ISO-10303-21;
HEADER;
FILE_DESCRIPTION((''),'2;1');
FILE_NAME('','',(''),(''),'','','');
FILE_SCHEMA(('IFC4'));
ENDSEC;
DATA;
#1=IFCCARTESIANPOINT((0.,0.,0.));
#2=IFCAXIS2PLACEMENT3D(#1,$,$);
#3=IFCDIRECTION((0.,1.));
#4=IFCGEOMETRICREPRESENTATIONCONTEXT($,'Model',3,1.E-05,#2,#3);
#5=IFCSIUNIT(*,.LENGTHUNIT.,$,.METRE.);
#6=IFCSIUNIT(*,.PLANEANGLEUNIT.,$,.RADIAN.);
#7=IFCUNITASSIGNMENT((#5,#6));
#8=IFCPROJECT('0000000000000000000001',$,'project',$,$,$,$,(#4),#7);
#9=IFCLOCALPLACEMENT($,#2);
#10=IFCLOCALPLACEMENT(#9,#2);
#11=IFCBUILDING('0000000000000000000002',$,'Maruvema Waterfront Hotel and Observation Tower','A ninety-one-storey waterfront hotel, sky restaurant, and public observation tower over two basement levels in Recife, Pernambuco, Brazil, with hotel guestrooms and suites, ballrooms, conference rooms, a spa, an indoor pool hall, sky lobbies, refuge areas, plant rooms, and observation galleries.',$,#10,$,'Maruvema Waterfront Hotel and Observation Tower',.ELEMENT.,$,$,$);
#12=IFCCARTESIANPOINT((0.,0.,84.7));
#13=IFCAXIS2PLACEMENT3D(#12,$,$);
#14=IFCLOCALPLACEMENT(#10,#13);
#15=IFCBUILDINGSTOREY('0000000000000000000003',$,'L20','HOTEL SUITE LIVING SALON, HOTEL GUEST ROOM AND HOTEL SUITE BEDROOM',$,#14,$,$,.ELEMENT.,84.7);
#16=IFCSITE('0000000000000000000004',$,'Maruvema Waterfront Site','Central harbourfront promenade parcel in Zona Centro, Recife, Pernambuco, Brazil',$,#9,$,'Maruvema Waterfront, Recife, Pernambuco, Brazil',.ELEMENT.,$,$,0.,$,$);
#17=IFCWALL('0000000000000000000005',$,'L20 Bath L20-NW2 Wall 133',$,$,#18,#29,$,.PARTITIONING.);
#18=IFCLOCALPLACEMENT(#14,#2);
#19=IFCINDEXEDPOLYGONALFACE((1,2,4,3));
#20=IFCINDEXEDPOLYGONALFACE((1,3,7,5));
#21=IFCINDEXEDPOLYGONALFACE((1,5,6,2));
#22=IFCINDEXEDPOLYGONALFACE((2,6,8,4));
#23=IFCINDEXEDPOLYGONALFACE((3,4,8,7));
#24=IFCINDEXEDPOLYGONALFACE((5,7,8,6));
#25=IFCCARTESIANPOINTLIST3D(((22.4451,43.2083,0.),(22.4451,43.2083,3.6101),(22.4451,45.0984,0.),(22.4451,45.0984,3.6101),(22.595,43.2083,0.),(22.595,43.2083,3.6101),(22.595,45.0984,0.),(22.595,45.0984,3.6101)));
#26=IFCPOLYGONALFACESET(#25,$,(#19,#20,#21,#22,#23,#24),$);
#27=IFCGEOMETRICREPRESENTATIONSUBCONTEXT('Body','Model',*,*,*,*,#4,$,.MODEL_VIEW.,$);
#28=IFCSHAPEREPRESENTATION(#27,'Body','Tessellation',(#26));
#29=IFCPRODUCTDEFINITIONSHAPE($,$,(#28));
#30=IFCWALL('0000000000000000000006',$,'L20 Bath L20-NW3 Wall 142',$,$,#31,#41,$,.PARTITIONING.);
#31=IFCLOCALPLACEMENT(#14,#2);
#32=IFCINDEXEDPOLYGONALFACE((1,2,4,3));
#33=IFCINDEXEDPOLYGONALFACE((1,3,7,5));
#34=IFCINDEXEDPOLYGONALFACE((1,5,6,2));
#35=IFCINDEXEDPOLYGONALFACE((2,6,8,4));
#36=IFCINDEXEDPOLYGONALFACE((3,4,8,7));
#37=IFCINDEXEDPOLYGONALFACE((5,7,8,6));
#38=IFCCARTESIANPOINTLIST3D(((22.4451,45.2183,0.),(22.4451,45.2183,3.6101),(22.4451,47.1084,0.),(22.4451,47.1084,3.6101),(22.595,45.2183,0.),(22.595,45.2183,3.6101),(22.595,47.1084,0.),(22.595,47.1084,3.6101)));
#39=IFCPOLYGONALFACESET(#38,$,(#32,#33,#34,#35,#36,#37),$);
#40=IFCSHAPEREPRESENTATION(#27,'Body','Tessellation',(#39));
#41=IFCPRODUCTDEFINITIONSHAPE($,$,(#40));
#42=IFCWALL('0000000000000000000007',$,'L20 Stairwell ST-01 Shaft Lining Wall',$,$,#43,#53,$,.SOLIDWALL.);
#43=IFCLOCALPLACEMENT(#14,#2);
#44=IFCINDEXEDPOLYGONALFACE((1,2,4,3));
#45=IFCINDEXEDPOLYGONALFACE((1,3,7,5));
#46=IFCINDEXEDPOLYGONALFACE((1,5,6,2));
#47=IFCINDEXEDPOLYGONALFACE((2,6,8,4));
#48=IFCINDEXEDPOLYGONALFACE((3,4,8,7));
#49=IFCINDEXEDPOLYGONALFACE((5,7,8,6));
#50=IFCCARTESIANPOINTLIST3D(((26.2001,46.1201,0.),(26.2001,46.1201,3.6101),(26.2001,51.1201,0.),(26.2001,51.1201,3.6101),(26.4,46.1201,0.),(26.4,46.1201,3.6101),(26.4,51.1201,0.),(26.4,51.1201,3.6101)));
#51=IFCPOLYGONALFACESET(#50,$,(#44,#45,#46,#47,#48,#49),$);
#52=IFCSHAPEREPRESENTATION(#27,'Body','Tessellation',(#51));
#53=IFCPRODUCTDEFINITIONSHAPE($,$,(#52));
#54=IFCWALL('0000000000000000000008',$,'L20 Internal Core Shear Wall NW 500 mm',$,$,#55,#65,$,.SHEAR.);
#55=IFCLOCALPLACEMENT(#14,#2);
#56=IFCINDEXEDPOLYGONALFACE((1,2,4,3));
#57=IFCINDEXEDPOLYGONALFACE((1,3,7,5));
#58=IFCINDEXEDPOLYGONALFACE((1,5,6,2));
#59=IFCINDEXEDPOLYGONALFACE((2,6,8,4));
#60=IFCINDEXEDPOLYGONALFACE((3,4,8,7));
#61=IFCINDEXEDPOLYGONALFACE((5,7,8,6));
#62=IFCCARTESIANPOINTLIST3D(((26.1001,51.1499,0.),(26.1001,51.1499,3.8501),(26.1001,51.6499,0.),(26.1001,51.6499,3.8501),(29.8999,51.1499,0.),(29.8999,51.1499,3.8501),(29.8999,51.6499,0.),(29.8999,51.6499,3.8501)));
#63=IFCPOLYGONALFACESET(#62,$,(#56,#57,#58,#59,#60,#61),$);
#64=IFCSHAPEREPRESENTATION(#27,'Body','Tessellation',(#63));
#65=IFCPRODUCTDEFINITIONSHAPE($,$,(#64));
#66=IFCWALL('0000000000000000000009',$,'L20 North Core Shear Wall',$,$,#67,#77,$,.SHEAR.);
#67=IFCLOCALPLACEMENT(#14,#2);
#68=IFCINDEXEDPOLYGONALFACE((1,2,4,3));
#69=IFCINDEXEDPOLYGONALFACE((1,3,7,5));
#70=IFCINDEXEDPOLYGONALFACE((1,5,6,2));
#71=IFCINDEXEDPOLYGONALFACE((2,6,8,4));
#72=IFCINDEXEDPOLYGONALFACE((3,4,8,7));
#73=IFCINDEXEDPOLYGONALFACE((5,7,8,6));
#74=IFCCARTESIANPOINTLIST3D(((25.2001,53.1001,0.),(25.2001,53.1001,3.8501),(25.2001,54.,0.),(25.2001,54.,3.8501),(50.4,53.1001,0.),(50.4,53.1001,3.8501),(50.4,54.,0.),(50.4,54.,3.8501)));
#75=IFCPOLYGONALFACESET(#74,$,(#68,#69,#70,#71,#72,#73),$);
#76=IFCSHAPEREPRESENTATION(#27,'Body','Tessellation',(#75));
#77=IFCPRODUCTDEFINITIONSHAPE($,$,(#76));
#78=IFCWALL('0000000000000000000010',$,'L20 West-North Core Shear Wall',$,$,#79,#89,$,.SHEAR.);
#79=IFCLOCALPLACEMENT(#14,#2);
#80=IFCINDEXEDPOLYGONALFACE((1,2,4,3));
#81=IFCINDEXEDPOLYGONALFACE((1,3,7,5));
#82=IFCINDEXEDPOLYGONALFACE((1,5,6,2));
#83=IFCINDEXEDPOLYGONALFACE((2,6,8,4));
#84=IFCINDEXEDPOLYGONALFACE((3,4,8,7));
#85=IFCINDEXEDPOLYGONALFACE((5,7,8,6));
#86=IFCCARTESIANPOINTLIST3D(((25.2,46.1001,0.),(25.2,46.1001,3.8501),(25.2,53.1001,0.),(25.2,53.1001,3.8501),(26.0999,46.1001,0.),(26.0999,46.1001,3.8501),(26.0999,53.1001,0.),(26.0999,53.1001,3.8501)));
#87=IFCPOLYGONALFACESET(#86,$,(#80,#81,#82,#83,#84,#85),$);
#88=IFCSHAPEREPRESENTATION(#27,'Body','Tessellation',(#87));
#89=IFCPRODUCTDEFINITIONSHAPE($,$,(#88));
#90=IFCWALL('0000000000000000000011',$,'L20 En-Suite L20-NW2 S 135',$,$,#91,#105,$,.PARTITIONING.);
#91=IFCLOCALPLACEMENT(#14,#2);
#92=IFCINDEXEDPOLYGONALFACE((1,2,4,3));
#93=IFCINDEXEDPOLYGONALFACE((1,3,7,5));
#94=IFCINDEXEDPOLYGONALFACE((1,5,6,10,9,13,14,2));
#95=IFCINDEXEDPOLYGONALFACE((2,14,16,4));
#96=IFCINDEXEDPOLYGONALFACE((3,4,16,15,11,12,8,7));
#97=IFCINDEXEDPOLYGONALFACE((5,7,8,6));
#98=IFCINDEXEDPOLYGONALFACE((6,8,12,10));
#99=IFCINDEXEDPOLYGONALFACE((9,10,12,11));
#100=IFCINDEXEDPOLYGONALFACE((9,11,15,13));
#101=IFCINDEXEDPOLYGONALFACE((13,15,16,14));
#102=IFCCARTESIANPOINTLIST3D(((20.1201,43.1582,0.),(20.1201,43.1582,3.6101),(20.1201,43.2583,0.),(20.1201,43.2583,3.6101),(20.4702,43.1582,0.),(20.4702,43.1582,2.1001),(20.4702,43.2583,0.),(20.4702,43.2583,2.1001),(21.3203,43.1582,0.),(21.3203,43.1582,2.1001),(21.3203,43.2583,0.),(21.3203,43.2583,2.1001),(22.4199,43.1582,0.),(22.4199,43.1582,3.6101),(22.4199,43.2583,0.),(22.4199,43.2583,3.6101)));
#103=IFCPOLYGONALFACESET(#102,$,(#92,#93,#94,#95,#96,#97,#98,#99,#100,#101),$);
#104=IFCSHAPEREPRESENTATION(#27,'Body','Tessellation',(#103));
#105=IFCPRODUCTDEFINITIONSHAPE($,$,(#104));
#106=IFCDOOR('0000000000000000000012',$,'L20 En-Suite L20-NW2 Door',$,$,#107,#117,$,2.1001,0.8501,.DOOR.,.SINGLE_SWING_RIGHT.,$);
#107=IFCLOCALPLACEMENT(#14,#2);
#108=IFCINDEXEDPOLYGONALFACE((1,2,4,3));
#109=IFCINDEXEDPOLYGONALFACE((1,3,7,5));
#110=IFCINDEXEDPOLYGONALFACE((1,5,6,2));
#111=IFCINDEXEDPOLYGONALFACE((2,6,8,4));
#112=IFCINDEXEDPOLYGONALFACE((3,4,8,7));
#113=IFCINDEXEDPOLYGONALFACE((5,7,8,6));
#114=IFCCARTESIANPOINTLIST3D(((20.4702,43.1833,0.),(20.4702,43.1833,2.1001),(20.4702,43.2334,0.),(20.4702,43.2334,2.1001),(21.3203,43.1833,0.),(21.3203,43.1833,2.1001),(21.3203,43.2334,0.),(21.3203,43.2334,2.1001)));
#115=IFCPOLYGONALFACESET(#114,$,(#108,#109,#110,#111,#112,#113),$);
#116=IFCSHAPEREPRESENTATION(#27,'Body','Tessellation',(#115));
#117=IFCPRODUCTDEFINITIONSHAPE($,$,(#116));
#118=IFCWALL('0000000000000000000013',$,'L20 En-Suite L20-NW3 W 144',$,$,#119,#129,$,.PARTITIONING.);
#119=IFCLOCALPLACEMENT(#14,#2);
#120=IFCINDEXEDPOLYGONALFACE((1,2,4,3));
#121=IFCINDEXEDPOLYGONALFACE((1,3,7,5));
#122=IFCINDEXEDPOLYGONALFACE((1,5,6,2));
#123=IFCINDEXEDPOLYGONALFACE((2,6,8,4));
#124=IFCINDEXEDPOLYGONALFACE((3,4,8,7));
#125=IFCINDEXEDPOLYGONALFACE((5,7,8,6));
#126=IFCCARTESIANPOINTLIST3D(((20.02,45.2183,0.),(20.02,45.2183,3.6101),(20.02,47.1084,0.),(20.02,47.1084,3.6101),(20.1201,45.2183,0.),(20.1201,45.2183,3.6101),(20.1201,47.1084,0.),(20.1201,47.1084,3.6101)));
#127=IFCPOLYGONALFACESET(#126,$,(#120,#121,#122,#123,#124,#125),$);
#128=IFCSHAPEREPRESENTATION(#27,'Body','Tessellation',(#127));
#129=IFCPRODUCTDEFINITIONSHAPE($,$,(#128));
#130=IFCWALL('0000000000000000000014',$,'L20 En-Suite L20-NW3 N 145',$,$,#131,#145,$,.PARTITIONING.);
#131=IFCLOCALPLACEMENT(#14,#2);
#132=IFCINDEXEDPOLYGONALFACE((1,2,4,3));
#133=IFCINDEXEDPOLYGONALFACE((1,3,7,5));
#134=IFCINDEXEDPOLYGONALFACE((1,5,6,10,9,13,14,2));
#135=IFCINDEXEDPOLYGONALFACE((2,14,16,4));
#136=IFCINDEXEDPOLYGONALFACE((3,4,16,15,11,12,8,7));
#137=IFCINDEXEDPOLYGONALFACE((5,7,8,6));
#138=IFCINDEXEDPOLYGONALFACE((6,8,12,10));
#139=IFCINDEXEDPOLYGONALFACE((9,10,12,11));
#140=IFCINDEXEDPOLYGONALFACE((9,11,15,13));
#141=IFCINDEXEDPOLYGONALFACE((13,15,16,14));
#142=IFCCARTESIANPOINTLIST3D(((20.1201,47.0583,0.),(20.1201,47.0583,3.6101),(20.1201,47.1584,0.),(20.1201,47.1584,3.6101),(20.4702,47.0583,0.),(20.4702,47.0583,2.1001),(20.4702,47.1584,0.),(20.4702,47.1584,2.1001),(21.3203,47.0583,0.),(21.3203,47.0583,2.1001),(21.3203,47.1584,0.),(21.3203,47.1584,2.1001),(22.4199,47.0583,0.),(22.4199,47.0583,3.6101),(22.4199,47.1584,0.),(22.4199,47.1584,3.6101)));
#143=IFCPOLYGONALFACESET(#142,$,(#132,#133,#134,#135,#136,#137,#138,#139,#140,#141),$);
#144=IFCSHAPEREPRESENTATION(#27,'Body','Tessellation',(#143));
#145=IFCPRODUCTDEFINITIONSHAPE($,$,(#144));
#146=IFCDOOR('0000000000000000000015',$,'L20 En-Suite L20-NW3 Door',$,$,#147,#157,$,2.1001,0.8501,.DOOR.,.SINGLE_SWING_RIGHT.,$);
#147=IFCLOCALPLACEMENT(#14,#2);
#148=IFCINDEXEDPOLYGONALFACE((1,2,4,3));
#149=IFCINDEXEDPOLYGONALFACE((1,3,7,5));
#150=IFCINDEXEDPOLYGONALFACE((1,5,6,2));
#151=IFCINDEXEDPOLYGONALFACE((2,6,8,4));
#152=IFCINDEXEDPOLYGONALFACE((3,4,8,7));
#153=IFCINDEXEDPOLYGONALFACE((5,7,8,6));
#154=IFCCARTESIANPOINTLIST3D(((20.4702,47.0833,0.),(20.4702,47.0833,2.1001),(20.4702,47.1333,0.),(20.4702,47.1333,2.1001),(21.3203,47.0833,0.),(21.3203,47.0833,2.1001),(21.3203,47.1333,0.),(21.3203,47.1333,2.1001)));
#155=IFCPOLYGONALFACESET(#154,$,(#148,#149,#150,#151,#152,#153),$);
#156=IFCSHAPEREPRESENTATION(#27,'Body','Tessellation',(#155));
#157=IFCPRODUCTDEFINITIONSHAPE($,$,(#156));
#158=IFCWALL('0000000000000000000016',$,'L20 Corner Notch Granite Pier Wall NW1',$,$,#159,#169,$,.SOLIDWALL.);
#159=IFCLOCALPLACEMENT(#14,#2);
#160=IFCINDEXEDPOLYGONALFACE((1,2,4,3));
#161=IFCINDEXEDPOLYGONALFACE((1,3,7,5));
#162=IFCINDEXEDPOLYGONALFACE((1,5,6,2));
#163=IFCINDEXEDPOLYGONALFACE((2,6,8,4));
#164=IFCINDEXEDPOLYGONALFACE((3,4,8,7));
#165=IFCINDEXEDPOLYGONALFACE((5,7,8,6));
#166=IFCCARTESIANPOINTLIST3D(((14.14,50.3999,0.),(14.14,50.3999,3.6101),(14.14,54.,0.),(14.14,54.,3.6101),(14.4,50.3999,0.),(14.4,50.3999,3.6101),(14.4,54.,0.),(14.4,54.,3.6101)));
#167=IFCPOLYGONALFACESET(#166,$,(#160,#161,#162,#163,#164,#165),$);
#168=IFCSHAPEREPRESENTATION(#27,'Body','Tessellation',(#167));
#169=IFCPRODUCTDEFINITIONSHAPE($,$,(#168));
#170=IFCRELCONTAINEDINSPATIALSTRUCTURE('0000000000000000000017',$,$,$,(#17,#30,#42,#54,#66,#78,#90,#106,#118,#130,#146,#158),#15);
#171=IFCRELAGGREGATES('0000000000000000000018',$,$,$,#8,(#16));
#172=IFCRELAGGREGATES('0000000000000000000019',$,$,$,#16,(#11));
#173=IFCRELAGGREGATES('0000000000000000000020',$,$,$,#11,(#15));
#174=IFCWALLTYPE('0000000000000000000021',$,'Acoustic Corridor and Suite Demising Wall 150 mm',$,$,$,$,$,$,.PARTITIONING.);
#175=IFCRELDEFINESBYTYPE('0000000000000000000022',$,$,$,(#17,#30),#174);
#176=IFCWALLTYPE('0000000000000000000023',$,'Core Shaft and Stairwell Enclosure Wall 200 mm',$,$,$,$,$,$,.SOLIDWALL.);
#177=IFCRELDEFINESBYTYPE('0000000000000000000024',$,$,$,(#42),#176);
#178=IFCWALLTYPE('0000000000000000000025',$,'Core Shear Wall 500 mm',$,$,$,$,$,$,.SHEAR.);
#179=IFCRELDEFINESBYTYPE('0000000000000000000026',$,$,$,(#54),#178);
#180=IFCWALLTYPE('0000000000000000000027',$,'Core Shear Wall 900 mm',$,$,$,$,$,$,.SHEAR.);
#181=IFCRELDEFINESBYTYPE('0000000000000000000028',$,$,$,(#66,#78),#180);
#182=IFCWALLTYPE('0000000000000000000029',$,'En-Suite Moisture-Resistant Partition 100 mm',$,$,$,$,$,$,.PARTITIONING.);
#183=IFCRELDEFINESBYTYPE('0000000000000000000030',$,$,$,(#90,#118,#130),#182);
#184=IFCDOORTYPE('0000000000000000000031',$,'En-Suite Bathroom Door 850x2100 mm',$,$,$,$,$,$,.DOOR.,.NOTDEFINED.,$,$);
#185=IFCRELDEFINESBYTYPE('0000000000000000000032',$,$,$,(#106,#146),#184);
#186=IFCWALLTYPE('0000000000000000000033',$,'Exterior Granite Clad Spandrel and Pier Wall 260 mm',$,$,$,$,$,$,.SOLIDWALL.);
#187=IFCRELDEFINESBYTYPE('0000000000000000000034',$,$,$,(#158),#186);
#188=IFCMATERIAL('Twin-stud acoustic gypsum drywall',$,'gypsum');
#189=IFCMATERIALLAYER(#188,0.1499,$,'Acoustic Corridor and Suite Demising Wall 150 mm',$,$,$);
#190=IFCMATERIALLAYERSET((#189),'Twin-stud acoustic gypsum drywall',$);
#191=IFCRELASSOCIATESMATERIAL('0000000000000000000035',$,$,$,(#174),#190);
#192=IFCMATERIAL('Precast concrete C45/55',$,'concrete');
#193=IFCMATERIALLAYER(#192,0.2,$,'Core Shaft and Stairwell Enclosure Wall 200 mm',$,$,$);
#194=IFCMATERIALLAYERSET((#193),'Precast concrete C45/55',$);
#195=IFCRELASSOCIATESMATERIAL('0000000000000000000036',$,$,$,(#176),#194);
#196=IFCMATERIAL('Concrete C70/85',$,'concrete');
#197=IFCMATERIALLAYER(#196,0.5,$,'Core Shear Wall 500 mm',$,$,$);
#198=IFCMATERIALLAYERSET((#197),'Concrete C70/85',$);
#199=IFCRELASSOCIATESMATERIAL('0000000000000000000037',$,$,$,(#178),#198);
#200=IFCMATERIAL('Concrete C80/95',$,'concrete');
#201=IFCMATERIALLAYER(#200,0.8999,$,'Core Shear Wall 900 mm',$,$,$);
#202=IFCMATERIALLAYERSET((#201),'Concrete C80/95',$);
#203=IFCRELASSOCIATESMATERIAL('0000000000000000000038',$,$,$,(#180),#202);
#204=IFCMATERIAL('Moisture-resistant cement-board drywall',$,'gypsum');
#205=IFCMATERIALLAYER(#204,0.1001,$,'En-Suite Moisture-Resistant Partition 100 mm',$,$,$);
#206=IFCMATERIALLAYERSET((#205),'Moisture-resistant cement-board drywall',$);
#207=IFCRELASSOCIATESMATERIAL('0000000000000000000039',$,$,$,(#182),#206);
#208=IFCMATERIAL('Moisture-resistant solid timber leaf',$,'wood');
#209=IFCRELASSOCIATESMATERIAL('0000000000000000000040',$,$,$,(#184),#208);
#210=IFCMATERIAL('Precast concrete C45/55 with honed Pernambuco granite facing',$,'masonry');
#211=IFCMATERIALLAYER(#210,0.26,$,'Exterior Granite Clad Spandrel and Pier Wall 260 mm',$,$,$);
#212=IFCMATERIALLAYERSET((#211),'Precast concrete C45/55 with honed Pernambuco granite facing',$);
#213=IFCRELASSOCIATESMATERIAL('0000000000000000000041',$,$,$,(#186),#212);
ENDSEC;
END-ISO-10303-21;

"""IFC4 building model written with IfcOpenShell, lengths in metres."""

from ifc_helpers import new_model, si_unit, direction, frame, frame_2d, origin, place, context, subcontext, project, spatial, rectangle, extrude, material, layer, layer_set, type_object, element, fill, save


model = new_model("IFC4")

# Units and contexts
model_context = context("Model", 3, precision=1e-05, world=origin(), true_north=direction((0.0, 1.0)))
body_context = subcontext(model_context, "Body", "Model", "MODEL_VIEW")
ifc_project = project(units=[si_unit("LENGTHUNIT", "METRE"), si_unit("PLANEANGLEUNIT", "RADIAN")], contexts=[model_context])

# Site, building, storey
site_placement = place(None, origin())
site = spatial("IfcSite", under=ifc_project, at=site_placement, Name="Maruvema Waterfront Site", Description="Central harbourfront promenade parcel in Zona Centro, Recife, Pernambuco, Brazil", LongName="Maruvema Waterfront, Recife, Pernambuco, Brazil", CompositionType="ELEMENT", RefElevation=0.0)
building_placement = place(site_placement, origin())
building = spatial("IfcBuilding", under=site, at=building_placement, Name="Maruvema Waterfront Hotel and Observation Tower", Description="A ninety-one-storey waterfront hotel, sky restaurant, and public observation tower over two basement levels in Recife, Pernambuco, Brazil, with hotel guestrooms and suites, ballrooms, conference rooms, a spa, an indoor pool hall, sky lobbies, refuge areas, plant rooms, and observation galleries.", LongName="Maruvema Waterfront Hotel and Observation Tower", CompositionType="ELEMENT")
storey_placement = place(building_placement, frame((0.0, 0.0, 84.7)))
storey = spatial("IfcBuildingStorey", under=building, at=storey_placement, Name="L20", Description="HOTEL SUITE LIVING SALON, HOTEL GUEST ROOM AND HOTEL SUITE BEDROOM", CompositionType="ELEMENT", Elevation=84.7)

# Walls
ifc_material_1 = material(Name="Twin-stud acoustic gypsum drywall", Category="gypsum")
ifc_layer_1 = layer(ifc_material_1, 0.1499, Name="Acoustic Corridor and Suite Demising Wall 150 mm")
ifc_layer_set_1 = layer_set([ifc_layer_1], Name="Twin-stud acoustic gypsum drywall")
wall_type_1 = type_object("IfcWallType", Name="Acoustic Corridor and Suite Demising Wall 150 mm", PredefinedType="PARTITIONING", material=ifc_layer_set_1)
for number, where, z_axis, x_axis, name in (
    (1, (22.52, 43.2083, 0.0), (0.0, 0.0, 1.0), (0.0, 1.0, 0.0), "L20 Bath L20-NW2 Wall 133"),
    (2, (22.52, 45.2183, 0.0), (0.0, 0.0, 1.0), (0.0, 1.0, 0.0), "L20 Bath L20-NW3 Wall 142"),
):
    element("IfcWall", number, at=place(storey_placement, frame(where, z_axis=z_axis, x_axis=x_axis)), inside=storey, type_object=wall_type_1, Name=name, PredefinedType="PARTITIONING", context=body_context, shape_type="SweptSolid", body=[
        extrude(rectangle(XDim=1.8901, YDim=0.1499, at=frame_2d((0.9451, 0.0))), origin(), (0.0, 0.0, 1.0), 3.6101),
    ])

# Walls
ifc_material_2 = material(Name="Precast concrete C45/55", Category="concrete")
ifc_layer_2 = layer(ifc_material_2, 0.2, Name="Core Shaft and Stairwell Enclosure Wall 200 mm")
ifc_layer_set_2 = layer_set([ifc_layer_2], Name="Precast concrete C45/55")
wall_type_2 = type_object("IfcWallType", Name="Core Shaft and Stairwell Enclosure Wall 200 mm", PredefinedType="SOLIDWALL", material=ifc_layer_set_2)
wall_1_placement = place(storey_placement, frame((26.3, 46.1201, 0.0), z_axis=(0.0, 0.0, 1.0), x_axis=(0.0, 1.0, 0.0)))
element("IfcWall", 3, at=wall_1_placement, inside=storey, type_object=wall_type_2, Name="L20 Stairwell ST-01 Shaft Lining Wall", PredefinedType="SOLIDWALL", context=body_context, shape_type="SweptSolid", body=[
    extrude(rectangle(XDim=5.0, YDim=0.2, at=frame_2d((2.5, 0.0))), origin(), (0.0, 0.0, 1.0), 3.6101),
])
ifc_material_3 = material(Name="Concrete C70/85", Category="concrete")
ifc_layer_3 = layer(ifc_material_3, 0.5, Name="Core Shear Wall 500 mm")
ifc_layer_set_3 = layer_set([ifc_layer_3], Name="Concrete C70/85")
wall_type_3 = type_object("IfcWallType", Name="Core Shear Wall 500 mm", PredefinedType="SHEAR", material=ifc_layer_set_3)
wall_2_placement = place(storey_placement, frame((26.1001, 51.3999, 0.0), z_axis=(0.0, 0.0, 1.0), x_axis=(1.0, 0.0, 0.0)))
element("IfcWall", 4, at=wall_2_placement, inside=storey, type_object=wall_type_3, Name="L20 Internal Core Shear Wall NW 500 mm", PredefinedType="SHEAR", context=body_context, shape_type="SweptSolid", body=[
    extrude(rectangle(XDim=3.7998, YDim=0.5, at=frame_2d((1.8999, 0.0))), origin(), (0.0, 0.0, 1.0), 3.8501),
])
ifc_material_4 = material(Name="Concrete C80/95", Category="concrete")
ifc_layer_4 = layer(ifc_material_4, 0.8999, Name="Core Shear Wall 900 mm")
ifc_layer_set_4 = layer_set([ifc_layer_4], Name="Concrete C80/95")
wall_type_4 = type_object("IfcWallType", Name="Core Shear Wall 900 mm", PredefinedType="SHEAR", material=ifc_layer_set_4)
wall_3_placement = place(storey_placement, frame((25.2, 53.55, 0.0), z_axis=(0.0, 0.0, 1.0), x_axis=(1.0, 0.0, 0.0)))
element("IfcWall", 5, at=wall_3_placement, inside=storey, type_object=wall_type_4, Name="L20 North Core Shear Wall", PredefinedType="SHEAR", context=body_context, shape_type="SweptSolid", body=[
    extrude(rectangle(XDim=25.2, YDim=0.8999, at=frame_2d((12.6001, 0.0))), origin(), (0.0, 0.0, 1.0), 3.8501),
])
wall_4_placement = place(storey_placement, frame((25.6499, 46.1001, 0.0), z_axis=(0.0, 0.0, 1.0), x_axis=(0.0, 1.0, 0.0)))
element("IfcWall", 6, at=wall_4_placement, inside=storey, type_object=wall_type_4, Name="L20 West-North Core Shear Wall", PredefinedType="SHEAR", context=body_context, shape_type="SweptSolid", body=[
    extrude(rectangle(XDim=7.0, YDim=0.8999, at=frame_2d((3.5, 0.0))), origin(), (0.0, 0.0, 1.0), 3.8501),
])

# Wall, opening, door
ifc_material_5 = material(Name="Moisture-resistant cement-board drywall", Category="gypsum")
ifc_layer_5 = layer(ifc_material_5, 0.1001, Name="En-Suite Moisture-Resistant Partition 100 mm")
ifc_layer_set_5 = layer_set([ifc_layer_5], Name="Moisture-resistant cement-board drywall")
wall_type_5 = type_object("IfcWallType", Name="En-Suite Moisture-Resistant Partition 100 mm", PredefinedType="PARTITIONING", material=ifc_layer_set_5)
wall_5_placement = place(storey_placement, frame((20.1201, 43.2083, 0.0), z_axis=(0.0, 0.0, 1.0), x_axis=(1.0, 0.0, 0.0)))
wall_5 = element("IfcWall", 7, at=wall_5_placement, inside=storey, type_object=wall_type_5, Name="L20 En-Suite L20-NW2 S 135", PredefinedType="PARTITIONING", context=body_context, shape_type="SweptSolid", body=[
    extrude(rectangle(XDim=2.2998, YDim=0.1001, at=frame_2d((1.1499, 0.0))), origin(), (0.0, 0.0, 1.0), 3.6101),
])
opening_1_placement = place(wall_5_placement, frame((0.3501, 0.0, 0.0)))
opening_1 = element("IfcOpeningElement", 8, at=opening_1_placement, cuts=wall_5, PredefinedType="OPENING", context=body_context, shape_type="SweptSolid", body=[
    extrude(rectangle(XDim=0.8501, YDim=2.1001, at=frame_2d((0.425, 1.05))), frame((0.0, 0.0601, 0.0), z_axis=(0.0, -1.0, 0.0), x_axis=(1.0, 0.0, 0.0)), (0.0, 0.0, 1.0), 0.1201),
])
ifc_material_6 = material(Name="Moisture-resistant solid timber leaf", Category="wood")
door_type_1 = type_object("IfcDoorType", Name="En-Suite Bathroom Door 850x2100 mm", OperationType="NOTDEFINED", PredefinedType="DOOR", material=ifc_material_6)
door_1_placement = place(opening_1_placement, frame((0.8501, 0.0, 0.0), z_axis=(0.0, 0.0, 1.0), x_axis=(-1.0, 0.0, 0.0)))
door_1 = element("IfcDoor", 9, at=door_1_placement, inside=storey, type_object=door_type_1, Name="L20 En-Suite L20-NW2 Door", OperationType="SINGLE_SWING_RIGHT", OverallHeight=2.1001, OverallWidth=0.8501, PredefinedType="DOOR", context=body_context, shape_type="SweptSolid", body=[
    extrude(rectangle(XDim=0.8501, YDim=2.1001, at=frame_2d((0.425, 1.05))), frame((0.0, 0.0249, 0.0), z_axis=(0.0, -1.0, 0.0), x_axis=(1.0, 0.0, 0.0)), (0.0, 0.0, 1.0), 0.05),
])
fill(opening_1, door_1)

# Wall
wall_6_placement = place(storey_placement, frame((20.0701, 45.2183, 0.0), z_axis=(0.0, 0.0, 1.0), x_axis=(0.0, 1.0, 0.0)))
element("IfcWall", 10, at=wall_6_placement, inside=storey, type_object=wall_type_5, Name="L20 En-Suite L20-NW3 W 144", PredefinedType="PARTITIONING", context=body_context, shape_type="SweptSolid", body=[
    extrude(rectangle(XDim=1.8901, YDim=0.1001, at=frame_2d((0.9451, 0.0))), origin(), (0.0, 0.0, 1.0), 3.6101),
])

# Wall, opening, door
wall_7_placement = place(storey_placement, frame((20.1201, 47.1084, 0.0), z_axis=(0.0, 0.0, 1.0), x_axis=(1.0, 0.0, 0.0)))
wall_7 = element("IfcWall", 11, at=wall_7_placement, inside=storey, type_object=wall_type_5, Name="L20 En-Suite L20-NW3 N 145", PredefinedType="PARTITIONING", context=body_context, shape_type="SweptSolid", body=[
    extrude(rectangle(XDim=2.2998, YDim=0.1001, at=frame_2d((1.1499, 0.0))), origin(), (0.0, 0.0, 1.0), 3.6101),
])
opening_2_placement = place(wall_7_placement, frame((0.3501, 0.0, 0.0)))
opening_2 = element("IfcOpeningElement", 12, at=opening_2_placement, cuts=wall_7, PredefinedType="OPENING", context=body_context, shape_type="SweptSolid", body=[
    extrude(rectangle(XDim=0.8501, YDim=2.1001, at=frame_2d((0.425, 1.05))), frame((0.0, 0.0601, 0.0), z_axis=(0.0, -1.0, 0.0), x_axis=(1.0, 0.0, 0.0)), (0.0, 0.0, 1.0), 0.1201),
])
door_2_placement = place(opening_2_placement, origin())
door_2 = element("IfcDoor", 13, at=door_2_placement, inside=storey, type_object=door_type_1, Name="L20 En-Suite L20-NW3 Door", OperationType="SINGLE_SWING_RIGHT", OverallHeight=2.1001, OverallWidth=0.8501, PredefinedType="DOOR", context=body_context, shape_type="SweptSolid", body=[
    extrude(rectangle(XDim=0.8501, YDim=2.1001, at=frame_2d((0.425, 1.05))), frame((0.0, 0.0249, 0.0), z_axis=(0.0, -1.0, 0.0), x_axis=(1.0, 0.0, 0.0)), (0.0, 0.0, 1.0), 0.05),
])
fill(opening_2, door_2)

# Wall
ifc_material_7 = material(Name="Precast concrete C45/55 with honed Pernambuco granite facing", Category="masonry")
ifc_layer_6 = layer(ifc_material_7, 0.26, Name="Exterior Granite Clad Spandrel and Pier Wall 260 mm")
ifc_layer_set_6 = layer_set([ifc_layer_6], Name="Precast concrete C45/55 with honed Pernambuco granite facing")
wall_type_6 = type_object("IfcWallType", Name="Exterior Granite Clad Spandrel and Pier Wall 260 mm", PredefinedType="SOLIDWALL", material=ifc_layer_set_6)
wall_8_placement = place(storey_placement, frame((14.27, 50.3999, 0.0), z_axis=(0.0, 0.0, 1.0), x_axis=(0.0, 1.0, 0.0)))
element("IfcWall", 14, at=wall_8_placement, inside=storey, type_object=wall_type_6, Name="L20 Corner Notch Granite Pier Wall NW1", PredefinedType="SOLIDWALL", context=body_context, shape_type="SweptSolid", body=[
    extrude(rectangle(XDim=3.6001, YDim=0.26, at=frame_2d((1.8, 0.0))), origin(), (0.0, 0.0, 1.0), 3.6101),
])

save(model, "model.ifc")
